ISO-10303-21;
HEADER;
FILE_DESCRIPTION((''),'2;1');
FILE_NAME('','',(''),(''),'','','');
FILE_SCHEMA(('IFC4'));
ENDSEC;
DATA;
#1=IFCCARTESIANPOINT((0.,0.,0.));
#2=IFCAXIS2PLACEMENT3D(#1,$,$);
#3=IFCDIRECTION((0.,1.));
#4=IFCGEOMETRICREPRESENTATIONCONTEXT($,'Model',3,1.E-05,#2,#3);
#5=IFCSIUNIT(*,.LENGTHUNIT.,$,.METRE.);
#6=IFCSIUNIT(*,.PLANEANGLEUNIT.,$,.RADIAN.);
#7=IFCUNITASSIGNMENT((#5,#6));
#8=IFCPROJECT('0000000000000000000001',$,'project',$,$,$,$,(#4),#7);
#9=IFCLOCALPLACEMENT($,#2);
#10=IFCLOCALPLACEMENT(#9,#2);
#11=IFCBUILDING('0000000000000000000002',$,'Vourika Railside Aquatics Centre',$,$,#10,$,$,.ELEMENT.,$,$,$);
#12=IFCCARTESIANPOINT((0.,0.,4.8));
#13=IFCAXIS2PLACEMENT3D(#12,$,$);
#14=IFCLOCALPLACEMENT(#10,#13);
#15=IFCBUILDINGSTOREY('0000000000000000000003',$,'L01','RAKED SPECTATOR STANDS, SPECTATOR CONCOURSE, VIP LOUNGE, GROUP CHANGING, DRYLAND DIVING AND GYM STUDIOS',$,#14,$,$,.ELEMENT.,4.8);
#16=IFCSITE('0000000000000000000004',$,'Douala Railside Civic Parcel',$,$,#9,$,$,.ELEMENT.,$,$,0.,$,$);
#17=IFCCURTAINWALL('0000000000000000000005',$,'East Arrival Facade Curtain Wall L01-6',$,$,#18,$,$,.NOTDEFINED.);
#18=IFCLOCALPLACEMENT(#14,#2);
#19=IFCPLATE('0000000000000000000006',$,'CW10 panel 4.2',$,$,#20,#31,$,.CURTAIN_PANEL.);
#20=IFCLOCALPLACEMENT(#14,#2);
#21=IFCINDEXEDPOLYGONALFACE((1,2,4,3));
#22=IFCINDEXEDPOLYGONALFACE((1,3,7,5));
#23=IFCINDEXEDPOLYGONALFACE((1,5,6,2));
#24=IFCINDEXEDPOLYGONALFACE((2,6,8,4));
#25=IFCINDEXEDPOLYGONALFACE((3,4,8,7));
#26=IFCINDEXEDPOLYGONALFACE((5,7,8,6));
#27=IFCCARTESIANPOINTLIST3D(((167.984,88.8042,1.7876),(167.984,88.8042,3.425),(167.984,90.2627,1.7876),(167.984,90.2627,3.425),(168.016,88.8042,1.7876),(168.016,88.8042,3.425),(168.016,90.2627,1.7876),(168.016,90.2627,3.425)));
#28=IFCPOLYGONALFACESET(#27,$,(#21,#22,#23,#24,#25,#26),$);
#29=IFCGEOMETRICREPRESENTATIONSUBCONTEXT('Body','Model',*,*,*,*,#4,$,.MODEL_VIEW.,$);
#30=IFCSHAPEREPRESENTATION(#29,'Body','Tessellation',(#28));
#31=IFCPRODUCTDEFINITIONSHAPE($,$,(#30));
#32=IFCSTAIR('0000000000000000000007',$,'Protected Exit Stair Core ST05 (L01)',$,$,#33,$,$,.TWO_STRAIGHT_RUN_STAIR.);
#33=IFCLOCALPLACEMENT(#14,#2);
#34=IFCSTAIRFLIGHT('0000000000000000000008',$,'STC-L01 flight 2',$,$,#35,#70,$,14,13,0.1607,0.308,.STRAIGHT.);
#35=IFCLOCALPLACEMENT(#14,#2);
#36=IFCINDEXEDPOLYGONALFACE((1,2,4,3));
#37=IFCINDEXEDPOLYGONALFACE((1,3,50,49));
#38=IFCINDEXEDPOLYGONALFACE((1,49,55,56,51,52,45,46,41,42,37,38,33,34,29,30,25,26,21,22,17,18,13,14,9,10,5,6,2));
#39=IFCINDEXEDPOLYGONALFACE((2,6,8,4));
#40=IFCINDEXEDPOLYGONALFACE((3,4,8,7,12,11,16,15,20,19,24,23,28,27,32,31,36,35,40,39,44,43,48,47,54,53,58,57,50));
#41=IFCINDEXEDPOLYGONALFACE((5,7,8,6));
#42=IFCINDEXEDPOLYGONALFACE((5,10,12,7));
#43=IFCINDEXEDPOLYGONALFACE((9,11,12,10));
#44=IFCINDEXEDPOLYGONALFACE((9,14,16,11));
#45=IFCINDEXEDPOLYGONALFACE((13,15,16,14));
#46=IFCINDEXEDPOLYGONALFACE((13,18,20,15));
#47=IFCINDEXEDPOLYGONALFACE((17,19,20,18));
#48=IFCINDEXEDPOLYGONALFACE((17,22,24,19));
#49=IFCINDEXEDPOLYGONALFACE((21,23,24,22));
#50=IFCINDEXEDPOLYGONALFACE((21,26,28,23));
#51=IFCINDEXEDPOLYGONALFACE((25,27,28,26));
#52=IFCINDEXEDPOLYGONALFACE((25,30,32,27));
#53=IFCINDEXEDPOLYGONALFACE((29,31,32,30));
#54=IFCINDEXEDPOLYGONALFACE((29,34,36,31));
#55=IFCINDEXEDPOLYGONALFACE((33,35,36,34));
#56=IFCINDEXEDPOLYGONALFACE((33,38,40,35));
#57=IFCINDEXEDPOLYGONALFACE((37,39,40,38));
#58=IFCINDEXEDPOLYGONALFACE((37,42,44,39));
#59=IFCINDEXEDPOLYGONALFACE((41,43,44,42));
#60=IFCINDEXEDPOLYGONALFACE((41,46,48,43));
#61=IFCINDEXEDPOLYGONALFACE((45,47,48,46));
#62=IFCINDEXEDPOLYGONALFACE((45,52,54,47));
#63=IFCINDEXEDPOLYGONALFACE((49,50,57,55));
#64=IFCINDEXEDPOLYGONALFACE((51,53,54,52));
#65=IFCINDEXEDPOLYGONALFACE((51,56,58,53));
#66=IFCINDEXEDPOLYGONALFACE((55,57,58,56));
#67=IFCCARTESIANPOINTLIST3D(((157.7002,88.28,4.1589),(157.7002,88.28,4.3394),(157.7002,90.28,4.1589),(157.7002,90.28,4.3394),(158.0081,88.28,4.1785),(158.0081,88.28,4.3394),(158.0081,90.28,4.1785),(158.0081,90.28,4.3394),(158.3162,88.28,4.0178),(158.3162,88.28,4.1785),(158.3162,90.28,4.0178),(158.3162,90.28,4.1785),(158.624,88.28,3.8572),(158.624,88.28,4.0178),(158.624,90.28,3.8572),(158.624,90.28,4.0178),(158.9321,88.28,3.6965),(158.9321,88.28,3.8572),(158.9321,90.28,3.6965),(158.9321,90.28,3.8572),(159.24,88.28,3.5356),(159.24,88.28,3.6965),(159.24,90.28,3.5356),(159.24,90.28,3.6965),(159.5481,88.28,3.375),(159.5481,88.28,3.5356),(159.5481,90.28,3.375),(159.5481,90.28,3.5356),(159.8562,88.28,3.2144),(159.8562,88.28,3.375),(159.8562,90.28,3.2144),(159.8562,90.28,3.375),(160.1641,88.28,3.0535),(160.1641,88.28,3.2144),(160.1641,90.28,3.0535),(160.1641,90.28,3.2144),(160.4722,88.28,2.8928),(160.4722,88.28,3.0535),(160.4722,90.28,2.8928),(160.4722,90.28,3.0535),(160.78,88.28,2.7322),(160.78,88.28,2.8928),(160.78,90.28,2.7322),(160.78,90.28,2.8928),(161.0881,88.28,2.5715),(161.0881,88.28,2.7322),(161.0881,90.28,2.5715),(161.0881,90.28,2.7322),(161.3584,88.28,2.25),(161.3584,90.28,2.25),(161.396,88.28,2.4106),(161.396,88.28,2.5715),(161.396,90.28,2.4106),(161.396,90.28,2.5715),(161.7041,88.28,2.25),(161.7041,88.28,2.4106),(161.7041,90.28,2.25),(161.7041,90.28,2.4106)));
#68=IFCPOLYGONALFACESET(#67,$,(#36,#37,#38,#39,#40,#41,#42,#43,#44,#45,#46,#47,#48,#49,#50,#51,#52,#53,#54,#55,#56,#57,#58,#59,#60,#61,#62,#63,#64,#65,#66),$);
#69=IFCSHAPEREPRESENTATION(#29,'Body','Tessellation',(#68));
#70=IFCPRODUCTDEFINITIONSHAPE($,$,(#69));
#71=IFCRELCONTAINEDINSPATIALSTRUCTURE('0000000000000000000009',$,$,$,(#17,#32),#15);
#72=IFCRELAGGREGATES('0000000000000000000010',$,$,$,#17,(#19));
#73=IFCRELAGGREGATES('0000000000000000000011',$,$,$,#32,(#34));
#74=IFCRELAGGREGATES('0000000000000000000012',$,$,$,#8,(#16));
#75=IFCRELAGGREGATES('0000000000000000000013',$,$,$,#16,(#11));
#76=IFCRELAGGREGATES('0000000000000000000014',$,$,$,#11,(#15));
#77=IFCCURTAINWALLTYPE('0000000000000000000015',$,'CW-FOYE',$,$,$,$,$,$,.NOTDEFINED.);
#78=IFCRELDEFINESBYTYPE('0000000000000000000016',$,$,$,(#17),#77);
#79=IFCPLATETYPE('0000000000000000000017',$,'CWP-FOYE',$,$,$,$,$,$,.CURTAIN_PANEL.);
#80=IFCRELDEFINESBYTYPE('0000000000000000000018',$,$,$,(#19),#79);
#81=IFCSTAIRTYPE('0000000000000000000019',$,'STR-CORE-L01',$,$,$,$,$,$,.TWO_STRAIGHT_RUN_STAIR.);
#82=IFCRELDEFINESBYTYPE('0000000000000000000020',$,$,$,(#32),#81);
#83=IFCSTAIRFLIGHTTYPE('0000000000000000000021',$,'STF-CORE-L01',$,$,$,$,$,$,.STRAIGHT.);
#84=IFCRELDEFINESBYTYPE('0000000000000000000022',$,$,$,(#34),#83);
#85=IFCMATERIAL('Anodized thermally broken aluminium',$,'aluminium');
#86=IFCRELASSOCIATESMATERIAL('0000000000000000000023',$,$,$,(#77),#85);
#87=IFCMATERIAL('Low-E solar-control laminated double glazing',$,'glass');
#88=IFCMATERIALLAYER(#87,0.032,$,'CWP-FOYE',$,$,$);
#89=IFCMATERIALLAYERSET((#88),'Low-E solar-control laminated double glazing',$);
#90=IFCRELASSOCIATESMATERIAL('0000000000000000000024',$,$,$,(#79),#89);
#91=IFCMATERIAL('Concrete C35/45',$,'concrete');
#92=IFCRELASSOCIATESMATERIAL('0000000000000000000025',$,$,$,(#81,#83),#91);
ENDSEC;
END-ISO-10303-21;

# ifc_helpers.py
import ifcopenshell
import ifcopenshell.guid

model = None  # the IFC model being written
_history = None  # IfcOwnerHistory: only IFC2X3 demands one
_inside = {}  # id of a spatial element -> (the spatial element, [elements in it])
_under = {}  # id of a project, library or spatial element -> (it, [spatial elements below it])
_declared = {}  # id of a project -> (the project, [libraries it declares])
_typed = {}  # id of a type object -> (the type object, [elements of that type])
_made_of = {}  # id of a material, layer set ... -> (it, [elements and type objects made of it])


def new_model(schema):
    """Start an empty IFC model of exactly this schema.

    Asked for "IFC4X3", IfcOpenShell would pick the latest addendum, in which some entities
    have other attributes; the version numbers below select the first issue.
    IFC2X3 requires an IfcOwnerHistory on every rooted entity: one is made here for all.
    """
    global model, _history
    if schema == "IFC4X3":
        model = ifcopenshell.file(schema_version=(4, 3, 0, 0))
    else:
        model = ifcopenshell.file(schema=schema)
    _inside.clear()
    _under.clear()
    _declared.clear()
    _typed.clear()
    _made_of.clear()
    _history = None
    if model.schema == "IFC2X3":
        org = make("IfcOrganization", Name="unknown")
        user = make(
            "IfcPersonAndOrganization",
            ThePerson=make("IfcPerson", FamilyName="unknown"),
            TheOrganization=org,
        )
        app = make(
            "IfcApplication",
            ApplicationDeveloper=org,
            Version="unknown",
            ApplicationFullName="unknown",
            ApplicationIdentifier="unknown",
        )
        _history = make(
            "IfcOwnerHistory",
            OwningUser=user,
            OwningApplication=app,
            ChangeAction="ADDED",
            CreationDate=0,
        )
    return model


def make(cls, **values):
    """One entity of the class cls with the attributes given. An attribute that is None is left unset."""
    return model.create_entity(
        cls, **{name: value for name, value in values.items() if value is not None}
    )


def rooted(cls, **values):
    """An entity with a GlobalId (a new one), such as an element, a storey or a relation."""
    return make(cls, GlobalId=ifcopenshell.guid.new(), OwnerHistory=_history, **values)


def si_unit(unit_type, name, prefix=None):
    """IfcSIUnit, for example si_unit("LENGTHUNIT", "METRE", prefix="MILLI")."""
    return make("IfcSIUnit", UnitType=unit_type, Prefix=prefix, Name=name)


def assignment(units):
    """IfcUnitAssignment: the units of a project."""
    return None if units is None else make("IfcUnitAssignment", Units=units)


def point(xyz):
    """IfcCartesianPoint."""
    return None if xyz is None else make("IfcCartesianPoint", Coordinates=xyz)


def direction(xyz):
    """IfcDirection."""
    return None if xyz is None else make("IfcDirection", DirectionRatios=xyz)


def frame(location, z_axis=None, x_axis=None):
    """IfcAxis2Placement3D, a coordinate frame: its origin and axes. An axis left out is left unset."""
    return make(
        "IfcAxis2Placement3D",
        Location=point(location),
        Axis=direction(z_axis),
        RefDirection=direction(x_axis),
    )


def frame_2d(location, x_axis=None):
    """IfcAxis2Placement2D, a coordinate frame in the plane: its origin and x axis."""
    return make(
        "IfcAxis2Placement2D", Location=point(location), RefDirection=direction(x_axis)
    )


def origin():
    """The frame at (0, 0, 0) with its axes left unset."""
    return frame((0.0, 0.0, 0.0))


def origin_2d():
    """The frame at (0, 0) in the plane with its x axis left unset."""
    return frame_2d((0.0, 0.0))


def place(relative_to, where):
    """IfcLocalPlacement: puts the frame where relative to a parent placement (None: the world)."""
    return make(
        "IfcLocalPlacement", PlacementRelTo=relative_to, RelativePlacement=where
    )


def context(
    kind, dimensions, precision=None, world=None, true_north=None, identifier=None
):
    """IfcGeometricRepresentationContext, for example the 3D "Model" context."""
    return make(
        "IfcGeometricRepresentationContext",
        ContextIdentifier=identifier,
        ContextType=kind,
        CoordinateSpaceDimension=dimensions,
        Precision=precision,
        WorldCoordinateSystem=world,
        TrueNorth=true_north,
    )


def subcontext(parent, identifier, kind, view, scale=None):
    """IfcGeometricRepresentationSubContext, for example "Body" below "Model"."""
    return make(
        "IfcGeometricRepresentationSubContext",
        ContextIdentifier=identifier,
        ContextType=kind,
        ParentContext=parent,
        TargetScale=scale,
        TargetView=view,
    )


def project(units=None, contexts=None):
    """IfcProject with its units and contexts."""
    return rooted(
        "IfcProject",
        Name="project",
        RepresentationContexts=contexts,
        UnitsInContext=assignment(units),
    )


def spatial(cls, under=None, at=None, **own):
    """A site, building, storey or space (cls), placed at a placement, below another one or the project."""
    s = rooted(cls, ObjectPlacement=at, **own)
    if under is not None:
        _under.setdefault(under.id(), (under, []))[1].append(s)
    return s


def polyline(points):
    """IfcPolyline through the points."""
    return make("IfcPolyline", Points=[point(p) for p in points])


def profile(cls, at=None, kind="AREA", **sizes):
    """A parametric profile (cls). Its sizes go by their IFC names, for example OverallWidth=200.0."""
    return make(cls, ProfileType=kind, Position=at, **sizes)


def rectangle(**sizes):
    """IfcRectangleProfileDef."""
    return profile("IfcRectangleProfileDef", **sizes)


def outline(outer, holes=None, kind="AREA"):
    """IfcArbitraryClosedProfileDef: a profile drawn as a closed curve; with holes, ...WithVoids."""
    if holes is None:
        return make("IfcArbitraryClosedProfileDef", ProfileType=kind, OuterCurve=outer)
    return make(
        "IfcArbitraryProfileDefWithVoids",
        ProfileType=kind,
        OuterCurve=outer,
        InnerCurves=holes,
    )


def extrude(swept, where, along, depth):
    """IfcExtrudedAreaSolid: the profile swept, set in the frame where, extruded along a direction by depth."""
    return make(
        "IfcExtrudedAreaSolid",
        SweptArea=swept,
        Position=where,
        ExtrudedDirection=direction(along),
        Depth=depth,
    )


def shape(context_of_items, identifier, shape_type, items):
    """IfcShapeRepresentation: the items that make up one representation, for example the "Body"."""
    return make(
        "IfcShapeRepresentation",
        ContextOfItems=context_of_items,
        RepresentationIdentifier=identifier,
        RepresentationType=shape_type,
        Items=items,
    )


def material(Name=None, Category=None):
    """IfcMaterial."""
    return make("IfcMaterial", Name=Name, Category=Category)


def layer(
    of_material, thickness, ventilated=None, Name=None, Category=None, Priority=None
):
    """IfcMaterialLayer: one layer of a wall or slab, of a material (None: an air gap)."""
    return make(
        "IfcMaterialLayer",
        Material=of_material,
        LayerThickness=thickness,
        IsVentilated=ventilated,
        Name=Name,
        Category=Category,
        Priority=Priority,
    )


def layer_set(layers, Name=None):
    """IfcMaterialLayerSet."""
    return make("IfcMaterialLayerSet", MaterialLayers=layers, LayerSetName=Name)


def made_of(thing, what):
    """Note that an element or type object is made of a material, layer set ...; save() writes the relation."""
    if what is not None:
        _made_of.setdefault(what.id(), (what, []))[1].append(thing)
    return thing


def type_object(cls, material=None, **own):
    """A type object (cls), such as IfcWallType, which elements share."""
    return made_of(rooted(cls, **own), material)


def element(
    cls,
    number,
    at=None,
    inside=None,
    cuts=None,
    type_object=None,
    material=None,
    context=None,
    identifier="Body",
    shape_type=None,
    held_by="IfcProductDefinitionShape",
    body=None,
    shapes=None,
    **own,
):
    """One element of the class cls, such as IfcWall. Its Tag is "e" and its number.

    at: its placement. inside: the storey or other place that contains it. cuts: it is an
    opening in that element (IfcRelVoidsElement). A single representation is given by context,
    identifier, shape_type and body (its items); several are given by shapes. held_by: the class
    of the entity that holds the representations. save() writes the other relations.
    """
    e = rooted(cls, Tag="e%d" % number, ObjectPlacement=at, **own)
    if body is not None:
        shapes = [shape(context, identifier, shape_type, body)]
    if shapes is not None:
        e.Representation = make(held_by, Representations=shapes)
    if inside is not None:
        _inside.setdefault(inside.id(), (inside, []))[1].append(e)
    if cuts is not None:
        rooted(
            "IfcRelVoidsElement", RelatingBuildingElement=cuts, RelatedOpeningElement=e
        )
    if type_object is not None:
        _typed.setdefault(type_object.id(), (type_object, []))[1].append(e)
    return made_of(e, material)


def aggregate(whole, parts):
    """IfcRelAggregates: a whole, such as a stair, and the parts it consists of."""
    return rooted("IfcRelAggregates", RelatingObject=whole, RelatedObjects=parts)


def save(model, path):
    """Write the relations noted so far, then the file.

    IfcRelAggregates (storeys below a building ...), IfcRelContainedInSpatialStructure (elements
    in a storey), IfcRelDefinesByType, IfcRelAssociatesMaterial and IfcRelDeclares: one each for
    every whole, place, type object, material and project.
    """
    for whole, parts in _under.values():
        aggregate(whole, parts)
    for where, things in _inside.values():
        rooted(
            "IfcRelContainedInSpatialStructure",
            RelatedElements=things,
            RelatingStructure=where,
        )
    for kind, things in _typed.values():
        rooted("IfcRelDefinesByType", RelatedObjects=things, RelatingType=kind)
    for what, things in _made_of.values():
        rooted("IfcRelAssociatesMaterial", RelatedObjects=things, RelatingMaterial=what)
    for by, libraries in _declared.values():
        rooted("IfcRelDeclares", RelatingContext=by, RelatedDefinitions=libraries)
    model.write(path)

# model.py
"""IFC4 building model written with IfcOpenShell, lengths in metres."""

from ifc_helpers import new_model, si_unit, direction, frame, origin, origin_2d, place, context, subcontext, project, spatial, polyline, rectangle, outline, extrude, material, layer, layer_set, type_object, element, aggregate, save


model = new_model("IFC4")

# Units and contexts
model_context = context("Model", 3, precision=1e-05, world=origin(), true_north=direction((0.0, 1.0)))
body_context = subcontext(model_context, "Body", "Model", "MODEL_VIEW")
ifc_project = project(units=[si_unit("LENGTHUNIT", "METRE"), si_unit("PLANEANGLEUNIT", "RADIAN")], contexts=[model_context])

# Site, building, storey
site_placement = place(None, origin())
site = spatial("IfcSite", under=ifc_project, at=site_placement, Name="Douala Railside Civic Parcel", CompositionType="ELEMENT", RefElevation=0.0)
building_placement = place(site_placement, origin())
building = spatial("IfcBuilding", under=site, at=building_placement, Name="Vourika Railside Aquatics Centre", CompositionType="ELEMENT")
storey_placement = place(building_placement, frame((0.0, 0.0, 4.8)))
storey = spatial("IfcBuildingStorey", under=building, at=storey_placement, Name="L01", Description="RAKED SPECTATOR STANDS, SPECTATOR CONCOURSE, VIP LOUNGE, GROUP CHANGING, DRYLAND DIVING AND GYM STUDIOS", CompositionType="ELEMENT", Elevation=4.8)

# Curtain wall, plate
ifc_material_1 = material(Name="Anodized thermally broken aluminium", Category="aluminium")
curtain_wall_type = type_object("IfcCurtainWallType", Name="CW-FOYE", PredefinedType="NOTDEFINED", material=ifc_material_1)
curtain_wall_placement = place(storey_placement, origin())
curtain_wall = element("IfcCurtainWall", 1, at=curtain_wall_placement, inside=storey, type_object=curtain_wall_type, Name="East Arrival Facade Curtain Wall L01-6", PredefinedType="NOTDEFINED")
ifc_material_2 = material(Name="Low-E solar-control laminated double glazing", Category="glass")
ifc_layer = layer(ifc_material_2, 0.032, Name="CWP-FOYE")
ifc_layer_set = layer_set([ifc_layer], Name="Low-E solar-control laminated double glazing")
plate_type = type_object("IfcPlateType", Name="CWP-FOYE", PredefinedType="CURTAIN_PANEL", material=ifc_layer_set)
plate_1_placement = place(storey_placement, frame((168.0, 89.5334, 1.7876), z_axis=(0.0, 0.0, 1.0), x_axis=(0.0, 1.0, 0.0)))
plate_1 = element("IfcPlate", 2, at=plate_1_placement, type_object=plate_type, Name="CW10 panel 4.2", PredefinedType="CURTAIN_PANEL", context=body_context, shape_type="SweptSolid", body=[
    extrude(rectangle(XDim=1.4585, YDim=0.032, at=origin_2d()), origin(), (0.0, 0.0, 1.0), 1.6375),
])
aggregate(curtain_wall, [plate_1])

# Stair, stair flight
ifc_material_3 = material(Name="Concrete C35/45", Category="concrete")
stair_type = type_object("IfcStairType", Name="STR-CORE-L01", PredefinedType="TWO_STRAIGHT_RUN_STAIR", material=ifc_material_3)
stair_placement = place(storey_placement, origin())
stair = element("IfcStair", 3, at=stair_placement, inside=storey, type_object=stair_type, Name="Protected Exit Stair Core ST05 (L01)", PredefinedType="TWO_STRAIGHT_RUN_STAIR")
stair_flight_type = type_object("IfcStairFlightType", Name="STF-CORE-L01", PredefinedType="STRAIGHT", material=ifc_material_3)
stair_flight_placement = place(storey_placement, frame((161.7041, 89.28, 2.25), z_axis=(0.0, 0.0, 1.0), x_axis=(-1.0, 0.0, 0.0)))
stair_flight = element("IfcStairFlight", 4, at=stair_flight_placement, type_object=stair_flight_type, Name="STC-L01 flight 2", NumberOfRisers=14, NumberOfTreads=13, PredefinedType="STRAIGHT", RiserHeight=0.1607, TreadLength=0.308, context=body_context, shape_type="SweptSolid", body=[
    extrude(outline(polyline([(0.0, 0.0), (0.0, 0.1606), (0.3081, 0.1606), (0.3081, 0.3215), (0.616, 0.3215), (0.616, 0.4822), (0.9241, 0.4822), (0.9241, 0.6428), (1.2319, 0.6428), (1.2319, 0.8035), (1.54, 0.8035), (1.54, 0.9644), (1.8479, 0.9644), (1.8479, 1.125), (2.156, 1.125), (2.156, 1.2856), (2.4641, 1.2856), (2.4641, 1.4465), (2.772, 1.4465), (2.772, 1.6072), (3.0801, 1.6072), (3.0801, 1.7678), (3.3879, 1.7678), (3.3879, 1.9285), (3.696, 1.9285), (3.696, 2.0894), (4.0039, 2.0894), (4.0039, 2.25), (4.0039, 1.9089), (0.3457, 0.0), (0.0, 0.0)])), frame((0.0, 1.0, 0.0), z_axis=(0.0, -1.0, 0.0), x_axis=(1.0, 0.0, 0.0)), (0.0, 0.0, 1.0), 2.0),
])
aggregate(stair, [stair_flight])

save(model, "model.ifc")
